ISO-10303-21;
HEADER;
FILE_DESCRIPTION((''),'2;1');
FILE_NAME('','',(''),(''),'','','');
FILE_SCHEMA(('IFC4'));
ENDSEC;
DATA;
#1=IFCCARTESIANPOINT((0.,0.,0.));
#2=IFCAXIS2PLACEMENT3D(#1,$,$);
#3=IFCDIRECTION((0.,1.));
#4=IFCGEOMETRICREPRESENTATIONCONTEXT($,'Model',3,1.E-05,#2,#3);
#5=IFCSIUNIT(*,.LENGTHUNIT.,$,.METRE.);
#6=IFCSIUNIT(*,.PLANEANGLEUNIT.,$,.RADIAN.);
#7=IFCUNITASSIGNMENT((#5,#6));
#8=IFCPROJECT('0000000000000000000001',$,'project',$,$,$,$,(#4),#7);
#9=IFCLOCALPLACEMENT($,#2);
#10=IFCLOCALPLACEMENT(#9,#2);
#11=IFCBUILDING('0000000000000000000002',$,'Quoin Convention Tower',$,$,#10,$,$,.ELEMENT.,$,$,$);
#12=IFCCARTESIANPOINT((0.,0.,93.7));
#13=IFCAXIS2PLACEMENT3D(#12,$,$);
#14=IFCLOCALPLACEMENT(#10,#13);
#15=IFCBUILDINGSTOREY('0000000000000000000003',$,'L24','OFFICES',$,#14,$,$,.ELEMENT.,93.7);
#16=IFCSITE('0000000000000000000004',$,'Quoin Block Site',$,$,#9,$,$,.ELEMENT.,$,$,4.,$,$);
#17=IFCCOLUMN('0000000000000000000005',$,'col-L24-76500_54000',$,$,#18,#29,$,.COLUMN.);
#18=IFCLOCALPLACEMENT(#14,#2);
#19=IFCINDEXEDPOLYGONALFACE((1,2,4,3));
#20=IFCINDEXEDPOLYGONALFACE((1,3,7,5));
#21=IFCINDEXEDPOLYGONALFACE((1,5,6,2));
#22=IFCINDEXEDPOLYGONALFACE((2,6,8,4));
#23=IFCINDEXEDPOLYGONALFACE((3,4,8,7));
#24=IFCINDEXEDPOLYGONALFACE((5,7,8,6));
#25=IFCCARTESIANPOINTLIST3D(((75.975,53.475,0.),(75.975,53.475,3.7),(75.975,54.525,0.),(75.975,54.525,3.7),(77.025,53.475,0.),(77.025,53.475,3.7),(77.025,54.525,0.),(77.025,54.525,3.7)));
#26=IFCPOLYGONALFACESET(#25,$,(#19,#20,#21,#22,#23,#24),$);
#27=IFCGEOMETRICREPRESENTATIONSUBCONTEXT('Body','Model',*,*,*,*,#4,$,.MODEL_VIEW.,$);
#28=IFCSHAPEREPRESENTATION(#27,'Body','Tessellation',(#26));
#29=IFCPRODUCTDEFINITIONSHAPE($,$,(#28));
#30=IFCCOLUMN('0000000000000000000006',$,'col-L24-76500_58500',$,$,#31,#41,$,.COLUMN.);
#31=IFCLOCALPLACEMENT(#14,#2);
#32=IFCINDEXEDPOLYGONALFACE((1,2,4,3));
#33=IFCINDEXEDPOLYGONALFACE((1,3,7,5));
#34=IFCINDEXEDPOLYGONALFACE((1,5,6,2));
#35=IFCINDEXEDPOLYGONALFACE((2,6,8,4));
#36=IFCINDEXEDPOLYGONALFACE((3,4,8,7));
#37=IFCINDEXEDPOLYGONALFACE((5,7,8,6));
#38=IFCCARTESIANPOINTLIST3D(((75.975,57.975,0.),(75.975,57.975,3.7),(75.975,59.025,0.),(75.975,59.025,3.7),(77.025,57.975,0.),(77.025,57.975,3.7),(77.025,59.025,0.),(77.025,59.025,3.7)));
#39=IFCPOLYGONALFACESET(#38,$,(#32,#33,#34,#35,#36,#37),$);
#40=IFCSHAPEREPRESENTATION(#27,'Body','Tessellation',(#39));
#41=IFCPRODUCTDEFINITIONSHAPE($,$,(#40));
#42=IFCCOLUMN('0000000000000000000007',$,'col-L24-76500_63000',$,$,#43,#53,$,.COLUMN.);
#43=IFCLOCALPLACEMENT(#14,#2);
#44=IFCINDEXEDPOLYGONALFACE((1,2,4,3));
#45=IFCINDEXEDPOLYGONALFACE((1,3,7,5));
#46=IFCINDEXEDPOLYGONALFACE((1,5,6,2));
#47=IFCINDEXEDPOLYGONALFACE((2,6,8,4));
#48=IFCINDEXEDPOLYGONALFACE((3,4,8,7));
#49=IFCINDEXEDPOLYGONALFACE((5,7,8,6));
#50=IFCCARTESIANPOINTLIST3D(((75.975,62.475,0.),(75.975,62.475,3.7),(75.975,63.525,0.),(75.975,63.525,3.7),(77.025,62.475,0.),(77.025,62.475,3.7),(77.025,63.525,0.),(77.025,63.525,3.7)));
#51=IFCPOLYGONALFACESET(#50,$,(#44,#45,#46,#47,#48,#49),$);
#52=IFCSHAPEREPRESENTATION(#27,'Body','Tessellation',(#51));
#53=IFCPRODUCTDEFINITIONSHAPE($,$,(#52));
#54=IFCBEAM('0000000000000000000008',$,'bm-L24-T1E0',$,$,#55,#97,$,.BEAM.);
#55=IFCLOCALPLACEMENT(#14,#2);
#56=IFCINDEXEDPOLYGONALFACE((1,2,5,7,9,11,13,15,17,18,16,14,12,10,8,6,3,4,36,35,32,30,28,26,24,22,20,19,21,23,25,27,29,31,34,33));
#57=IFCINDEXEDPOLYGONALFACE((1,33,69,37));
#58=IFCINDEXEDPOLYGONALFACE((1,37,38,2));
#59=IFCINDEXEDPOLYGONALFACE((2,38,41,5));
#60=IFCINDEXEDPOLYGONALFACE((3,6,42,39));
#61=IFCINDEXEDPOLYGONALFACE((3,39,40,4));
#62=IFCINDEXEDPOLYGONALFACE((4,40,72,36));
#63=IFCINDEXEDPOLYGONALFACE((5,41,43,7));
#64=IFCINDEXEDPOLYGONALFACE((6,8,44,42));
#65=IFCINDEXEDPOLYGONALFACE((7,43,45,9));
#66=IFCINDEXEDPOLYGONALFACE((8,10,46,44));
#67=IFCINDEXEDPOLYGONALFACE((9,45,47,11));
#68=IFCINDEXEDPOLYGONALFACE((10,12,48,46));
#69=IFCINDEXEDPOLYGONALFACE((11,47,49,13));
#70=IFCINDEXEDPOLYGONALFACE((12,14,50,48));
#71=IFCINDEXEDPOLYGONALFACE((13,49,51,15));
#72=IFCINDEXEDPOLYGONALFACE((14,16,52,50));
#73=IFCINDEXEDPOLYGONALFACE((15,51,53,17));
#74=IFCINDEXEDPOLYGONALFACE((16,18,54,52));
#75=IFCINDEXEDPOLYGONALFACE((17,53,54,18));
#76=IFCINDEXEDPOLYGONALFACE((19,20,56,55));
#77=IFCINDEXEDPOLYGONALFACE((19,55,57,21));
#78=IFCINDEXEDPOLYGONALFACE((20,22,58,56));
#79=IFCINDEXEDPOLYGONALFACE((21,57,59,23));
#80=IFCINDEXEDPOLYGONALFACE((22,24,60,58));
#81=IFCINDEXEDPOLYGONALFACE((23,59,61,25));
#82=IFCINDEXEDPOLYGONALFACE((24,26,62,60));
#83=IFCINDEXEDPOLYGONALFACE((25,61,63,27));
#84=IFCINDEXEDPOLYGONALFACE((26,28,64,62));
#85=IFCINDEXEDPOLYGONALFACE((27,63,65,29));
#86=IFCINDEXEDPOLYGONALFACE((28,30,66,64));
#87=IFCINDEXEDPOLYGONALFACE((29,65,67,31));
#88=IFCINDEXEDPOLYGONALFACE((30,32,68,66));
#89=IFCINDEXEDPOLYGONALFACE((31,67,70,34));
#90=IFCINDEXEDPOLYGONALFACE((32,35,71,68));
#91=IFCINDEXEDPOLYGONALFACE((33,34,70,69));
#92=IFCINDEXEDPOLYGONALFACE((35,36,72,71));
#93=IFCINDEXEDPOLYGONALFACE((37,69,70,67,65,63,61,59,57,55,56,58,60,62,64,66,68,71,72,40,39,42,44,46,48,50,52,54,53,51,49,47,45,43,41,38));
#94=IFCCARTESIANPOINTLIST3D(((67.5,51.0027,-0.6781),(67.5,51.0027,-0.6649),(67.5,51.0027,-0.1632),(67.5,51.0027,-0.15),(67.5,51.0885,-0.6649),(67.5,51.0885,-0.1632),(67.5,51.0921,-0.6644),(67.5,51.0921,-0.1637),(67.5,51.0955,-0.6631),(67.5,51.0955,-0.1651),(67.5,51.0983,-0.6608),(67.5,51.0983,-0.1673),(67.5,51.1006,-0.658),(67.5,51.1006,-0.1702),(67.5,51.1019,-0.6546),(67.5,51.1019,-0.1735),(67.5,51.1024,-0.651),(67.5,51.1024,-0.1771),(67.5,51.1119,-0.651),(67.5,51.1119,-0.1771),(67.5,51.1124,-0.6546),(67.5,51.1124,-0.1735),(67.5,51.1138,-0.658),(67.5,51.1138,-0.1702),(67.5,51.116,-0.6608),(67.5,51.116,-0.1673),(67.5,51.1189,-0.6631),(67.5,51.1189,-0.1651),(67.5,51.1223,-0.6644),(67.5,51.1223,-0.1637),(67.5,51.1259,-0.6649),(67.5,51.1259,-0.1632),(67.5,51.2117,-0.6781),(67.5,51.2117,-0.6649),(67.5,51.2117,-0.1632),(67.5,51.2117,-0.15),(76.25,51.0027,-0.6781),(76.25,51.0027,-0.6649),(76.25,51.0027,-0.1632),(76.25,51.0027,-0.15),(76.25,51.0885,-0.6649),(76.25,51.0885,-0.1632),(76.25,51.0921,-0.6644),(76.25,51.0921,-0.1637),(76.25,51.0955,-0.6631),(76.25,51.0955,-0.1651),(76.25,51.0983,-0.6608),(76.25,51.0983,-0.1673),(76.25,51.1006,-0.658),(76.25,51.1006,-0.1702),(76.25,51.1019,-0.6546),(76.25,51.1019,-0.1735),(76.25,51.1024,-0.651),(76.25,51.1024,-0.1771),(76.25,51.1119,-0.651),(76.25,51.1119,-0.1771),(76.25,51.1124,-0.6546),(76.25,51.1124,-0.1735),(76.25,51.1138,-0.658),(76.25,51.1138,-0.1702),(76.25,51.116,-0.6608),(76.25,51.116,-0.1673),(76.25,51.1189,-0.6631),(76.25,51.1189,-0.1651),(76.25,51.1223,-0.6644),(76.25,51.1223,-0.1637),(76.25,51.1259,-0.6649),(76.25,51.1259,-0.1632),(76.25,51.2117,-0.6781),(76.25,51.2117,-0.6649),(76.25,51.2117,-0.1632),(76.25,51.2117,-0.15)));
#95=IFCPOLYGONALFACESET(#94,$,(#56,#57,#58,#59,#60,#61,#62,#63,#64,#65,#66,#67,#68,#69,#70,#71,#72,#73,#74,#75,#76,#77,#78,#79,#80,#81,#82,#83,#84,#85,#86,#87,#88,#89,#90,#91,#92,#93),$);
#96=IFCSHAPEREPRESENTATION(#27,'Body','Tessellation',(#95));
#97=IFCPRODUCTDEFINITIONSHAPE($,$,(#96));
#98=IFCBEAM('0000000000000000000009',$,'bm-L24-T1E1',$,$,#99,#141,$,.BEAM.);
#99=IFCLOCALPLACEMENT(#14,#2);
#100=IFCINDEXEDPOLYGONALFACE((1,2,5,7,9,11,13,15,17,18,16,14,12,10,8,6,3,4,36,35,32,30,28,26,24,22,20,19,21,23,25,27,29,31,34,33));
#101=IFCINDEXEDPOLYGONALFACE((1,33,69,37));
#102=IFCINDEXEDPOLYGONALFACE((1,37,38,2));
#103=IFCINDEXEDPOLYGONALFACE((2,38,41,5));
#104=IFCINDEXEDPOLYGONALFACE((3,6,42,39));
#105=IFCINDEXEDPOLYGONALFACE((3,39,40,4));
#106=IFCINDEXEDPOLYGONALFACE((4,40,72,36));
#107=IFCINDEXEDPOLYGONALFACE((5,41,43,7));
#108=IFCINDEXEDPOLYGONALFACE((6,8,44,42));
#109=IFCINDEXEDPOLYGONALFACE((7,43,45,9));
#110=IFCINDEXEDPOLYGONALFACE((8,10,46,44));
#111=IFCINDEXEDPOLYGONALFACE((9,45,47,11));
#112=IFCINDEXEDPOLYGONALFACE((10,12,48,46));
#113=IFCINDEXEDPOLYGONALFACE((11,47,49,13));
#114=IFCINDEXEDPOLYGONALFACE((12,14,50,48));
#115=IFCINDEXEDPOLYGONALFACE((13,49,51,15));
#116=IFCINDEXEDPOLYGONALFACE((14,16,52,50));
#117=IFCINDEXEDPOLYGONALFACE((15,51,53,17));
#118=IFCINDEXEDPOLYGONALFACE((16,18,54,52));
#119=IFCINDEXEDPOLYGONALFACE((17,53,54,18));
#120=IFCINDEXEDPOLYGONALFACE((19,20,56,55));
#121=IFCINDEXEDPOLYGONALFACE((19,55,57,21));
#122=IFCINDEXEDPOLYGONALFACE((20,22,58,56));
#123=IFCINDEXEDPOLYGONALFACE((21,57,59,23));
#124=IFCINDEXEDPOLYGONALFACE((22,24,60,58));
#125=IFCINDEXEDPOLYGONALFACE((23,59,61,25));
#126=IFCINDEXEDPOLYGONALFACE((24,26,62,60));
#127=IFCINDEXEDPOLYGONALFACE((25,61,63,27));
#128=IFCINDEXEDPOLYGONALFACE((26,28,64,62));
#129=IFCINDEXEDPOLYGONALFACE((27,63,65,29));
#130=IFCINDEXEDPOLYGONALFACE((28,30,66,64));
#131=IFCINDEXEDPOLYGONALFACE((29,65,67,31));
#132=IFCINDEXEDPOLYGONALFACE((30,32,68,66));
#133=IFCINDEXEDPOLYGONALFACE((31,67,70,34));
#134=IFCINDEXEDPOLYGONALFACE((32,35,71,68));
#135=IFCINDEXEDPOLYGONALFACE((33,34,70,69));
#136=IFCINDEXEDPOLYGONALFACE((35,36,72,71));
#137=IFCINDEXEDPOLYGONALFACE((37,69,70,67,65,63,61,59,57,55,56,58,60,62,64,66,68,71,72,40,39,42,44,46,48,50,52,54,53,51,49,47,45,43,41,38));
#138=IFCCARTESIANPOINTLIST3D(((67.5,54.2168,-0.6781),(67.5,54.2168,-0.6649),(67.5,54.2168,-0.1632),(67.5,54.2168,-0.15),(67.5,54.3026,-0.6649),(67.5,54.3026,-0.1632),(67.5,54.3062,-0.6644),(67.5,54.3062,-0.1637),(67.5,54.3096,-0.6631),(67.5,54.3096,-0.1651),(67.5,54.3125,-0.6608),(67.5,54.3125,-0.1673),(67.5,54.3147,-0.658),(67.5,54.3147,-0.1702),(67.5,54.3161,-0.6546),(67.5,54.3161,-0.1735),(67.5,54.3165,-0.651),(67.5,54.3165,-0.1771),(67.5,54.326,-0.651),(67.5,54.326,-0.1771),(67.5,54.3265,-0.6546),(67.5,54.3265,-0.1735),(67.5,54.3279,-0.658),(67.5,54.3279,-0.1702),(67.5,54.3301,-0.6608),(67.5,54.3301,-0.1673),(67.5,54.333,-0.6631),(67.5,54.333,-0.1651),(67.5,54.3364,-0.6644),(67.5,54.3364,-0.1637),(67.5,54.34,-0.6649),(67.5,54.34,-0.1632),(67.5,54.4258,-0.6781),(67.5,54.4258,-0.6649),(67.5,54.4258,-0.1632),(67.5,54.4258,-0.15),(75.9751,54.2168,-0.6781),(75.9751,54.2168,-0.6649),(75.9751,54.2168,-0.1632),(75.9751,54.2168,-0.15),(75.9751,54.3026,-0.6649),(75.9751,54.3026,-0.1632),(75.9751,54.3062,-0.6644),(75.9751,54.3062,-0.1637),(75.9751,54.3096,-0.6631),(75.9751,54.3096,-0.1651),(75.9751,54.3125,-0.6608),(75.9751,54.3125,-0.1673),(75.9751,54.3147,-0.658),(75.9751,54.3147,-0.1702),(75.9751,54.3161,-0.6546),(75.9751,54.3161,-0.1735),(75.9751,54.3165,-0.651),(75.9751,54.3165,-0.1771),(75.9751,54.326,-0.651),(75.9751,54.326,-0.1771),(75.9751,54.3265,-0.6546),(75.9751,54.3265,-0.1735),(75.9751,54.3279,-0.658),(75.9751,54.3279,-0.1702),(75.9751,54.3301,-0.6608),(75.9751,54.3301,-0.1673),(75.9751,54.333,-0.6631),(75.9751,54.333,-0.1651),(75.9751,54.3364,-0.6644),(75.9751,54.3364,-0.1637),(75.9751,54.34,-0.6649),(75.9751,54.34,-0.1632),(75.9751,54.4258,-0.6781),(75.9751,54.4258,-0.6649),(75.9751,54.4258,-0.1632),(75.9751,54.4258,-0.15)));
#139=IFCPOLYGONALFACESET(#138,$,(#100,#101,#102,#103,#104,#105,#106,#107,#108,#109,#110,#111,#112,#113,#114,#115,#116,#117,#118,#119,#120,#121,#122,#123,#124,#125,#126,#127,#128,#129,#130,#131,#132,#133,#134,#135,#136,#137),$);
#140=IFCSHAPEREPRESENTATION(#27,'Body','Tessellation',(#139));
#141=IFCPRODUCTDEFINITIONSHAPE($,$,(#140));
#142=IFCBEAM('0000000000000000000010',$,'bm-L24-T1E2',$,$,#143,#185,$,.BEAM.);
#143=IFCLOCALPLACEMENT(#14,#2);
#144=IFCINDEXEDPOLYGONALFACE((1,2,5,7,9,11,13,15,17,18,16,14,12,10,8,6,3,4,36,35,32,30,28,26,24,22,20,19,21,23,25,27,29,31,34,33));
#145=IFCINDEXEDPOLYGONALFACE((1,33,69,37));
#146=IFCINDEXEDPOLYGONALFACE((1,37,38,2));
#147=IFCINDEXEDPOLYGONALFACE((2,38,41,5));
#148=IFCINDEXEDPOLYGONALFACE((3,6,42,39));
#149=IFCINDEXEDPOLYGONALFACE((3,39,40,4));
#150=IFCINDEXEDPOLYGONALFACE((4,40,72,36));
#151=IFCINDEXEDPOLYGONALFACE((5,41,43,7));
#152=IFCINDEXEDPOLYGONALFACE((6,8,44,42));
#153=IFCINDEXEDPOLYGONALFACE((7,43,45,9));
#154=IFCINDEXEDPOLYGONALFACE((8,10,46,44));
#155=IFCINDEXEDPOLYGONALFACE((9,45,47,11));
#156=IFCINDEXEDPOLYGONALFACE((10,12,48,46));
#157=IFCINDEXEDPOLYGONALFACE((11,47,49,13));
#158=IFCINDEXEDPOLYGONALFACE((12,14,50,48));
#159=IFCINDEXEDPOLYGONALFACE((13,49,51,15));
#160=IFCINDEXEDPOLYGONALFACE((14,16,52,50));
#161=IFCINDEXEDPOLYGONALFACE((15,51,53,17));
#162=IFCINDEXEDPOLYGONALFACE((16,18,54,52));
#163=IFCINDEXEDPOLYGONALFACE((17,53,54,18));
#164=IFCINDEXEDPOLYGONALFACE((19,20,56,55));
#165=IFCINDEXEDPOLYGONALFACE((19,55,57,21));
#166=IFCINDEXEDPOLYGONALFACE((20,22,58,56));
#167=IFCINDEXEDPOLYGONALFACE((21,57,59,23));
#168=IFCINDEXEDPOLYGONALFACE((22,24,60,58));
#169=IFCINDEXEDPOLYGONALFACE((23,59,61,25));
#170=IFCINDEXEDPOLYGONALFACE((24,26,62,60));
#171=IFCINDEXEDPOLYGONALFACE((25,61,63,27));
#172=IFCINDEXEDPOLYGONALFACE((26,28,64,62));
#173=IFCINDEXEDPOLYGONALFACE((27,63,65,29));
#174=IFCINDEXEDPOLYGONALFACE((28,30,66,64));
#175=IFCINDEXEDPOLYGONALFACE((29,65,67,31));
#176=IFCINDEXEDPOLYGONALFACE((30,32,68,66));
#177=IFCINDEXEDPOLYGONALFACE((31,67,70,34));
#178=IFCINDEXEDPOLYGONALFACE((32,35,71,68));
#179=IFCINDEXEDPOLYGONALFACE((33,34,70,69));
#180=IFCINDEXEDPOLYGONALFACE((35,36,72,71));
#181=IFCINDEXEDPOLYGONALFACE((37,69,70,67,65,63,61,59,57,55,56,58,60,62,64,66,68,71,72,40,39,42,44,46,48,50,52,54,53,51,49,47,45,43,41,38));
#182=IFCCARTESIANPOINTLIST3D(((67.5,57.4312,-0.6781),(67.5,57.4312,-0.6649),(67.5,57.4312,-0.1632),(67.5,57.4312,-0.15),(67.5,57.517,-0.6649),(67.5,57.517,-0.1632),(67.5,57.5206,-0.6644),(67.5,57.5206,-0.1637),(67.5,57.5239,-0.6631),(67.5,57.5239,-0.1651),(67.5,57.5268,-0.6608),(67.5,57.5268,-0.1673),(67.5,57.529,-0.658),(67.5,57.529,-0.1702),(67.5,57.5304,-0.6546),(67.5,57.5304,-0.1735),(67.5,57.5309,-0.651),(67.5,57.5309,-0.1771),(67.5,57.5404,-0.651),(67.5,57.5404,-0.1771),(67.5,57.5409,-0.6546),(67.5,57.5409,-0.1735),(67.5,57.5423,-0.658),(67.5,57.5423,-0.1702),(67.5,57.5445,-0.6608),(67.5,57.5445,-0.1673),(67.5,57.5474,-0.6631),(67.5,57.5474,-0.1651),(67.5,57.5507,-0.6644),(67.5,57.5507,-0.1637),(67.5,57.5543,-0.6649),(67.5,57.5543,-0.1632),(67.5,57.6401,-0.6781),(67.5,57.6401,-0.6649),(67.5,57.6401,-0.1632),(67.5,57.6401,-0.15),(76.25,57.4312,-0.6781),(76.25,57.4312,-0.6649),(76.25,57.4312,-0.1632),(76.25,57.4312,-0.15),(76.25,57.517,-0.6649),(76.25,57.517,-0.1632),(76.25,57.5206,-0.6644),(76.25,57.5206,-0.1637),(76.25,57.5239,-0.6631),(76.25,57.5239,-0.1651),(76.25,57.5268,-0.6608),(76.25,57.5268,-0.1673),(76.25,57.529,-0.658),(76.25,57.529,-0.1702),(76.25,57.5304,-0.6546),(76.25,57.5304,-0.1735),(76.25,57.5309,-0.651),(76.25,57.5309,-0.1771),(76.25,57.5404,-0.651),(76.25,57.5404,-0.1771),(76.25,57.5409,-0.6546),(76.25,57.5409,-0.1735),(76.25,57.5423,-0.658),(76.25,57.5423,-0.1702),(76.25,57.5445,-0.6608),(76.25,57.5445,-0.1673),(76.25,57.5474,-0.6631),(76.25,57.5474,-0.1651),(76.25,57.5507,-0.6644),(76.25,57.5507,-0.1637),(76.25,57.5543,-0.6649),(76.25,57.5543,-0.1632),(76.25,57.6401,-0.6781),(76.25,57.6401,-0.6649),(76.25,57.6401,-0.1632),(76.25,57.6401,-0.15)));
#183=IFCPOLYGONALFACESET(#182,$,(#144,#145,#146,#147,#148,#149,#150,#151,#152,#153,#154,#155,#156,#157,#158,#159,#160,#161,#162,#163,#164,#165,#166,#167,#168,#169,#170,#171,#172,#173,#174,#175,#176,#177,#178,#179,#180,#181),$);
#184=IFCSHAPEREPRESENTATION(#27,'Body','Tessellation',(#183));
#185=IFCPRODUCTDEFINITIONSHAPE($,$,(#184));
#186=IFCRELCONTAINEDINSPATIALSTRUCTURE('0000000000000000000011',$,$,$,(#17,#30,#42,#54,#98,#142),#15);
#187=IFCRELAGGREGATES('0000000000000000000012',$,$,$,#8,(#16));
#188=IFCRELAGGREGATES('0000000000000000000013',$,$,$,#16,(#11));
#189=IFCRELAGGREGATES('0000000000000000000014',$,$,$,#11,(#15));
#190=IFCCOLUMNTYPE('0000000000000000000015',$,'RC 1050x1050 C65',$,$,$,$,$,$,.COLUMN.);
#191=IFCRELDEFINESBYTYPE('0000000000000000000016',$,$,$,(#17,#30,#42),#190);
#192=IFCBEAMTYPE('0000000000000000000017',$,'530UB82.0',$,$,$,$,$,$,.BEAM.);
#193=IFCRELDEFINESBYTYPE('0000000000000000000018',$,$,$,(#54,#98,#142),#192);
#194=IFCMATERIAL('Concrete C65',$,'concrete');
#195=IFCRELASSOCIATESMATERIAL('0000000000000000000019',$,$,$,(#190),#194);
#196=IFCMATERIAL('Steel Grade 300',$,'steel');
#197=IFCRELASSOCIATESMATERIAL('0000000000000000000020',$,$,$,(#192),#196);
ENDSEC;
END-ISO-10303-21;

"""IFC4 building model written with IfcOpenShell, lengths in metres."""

from ifc_helpers import new_model, si_unit, direction, frame, origin, origin_2d, place, context, subcontext, project, spatial, rectangle, i_section, extrude, material, material_profile, profile_set, type_object, element, save


model = new_model("IFC4")

# Units and contexts
model_context = context("Model", 3, precision=1e-05, world=origin(), true_north=direction((0.0, 1.0)))
body_context = subcontext(model_context, "Body", "Model", "MODEL_VIEW")
ifc_project = project(units=[si_unit("LENGTHUNIT", "METRE"), si_unit("PLANEANGLEUNIT", "RADIAN")], contexts=[model_context])

# Site, building, storey
site_placement = place(None, origin())
site = spatial("IfcSite", under=ifc_project, at=site_placement, Name="Quoin Block Site", CompositionType="ELEMENT", RefElevation=4.0)
building_placement = place(site_placement, origin())
building = spatial("IfcBuilding", under=site, at=building_placement, Name="Quoin Convention Tower", CompositionType="ELEMENT")
storey_placement = place(building_placement, frame((0.0, 0.0, 93.7)))
storey = spatial("IfcBuildingStorey", under=building, at=storey_placement, Name="L24", Description="OFFICES", CompositionType="ELEMENT", Elevation=93.7)

# Columns
ifc_material_1 = material(Name="Concrete C65", Category="concrete")
ifc_material_profile_1 = material_profile(ifc_material_1, rectangle(XDim=1.05, YDim=1.05, at=origin_2d()), Name="RC 1050x1050")
ifc_profile_set_1 = profile_set([ifc_material_profile_1], Name="Concrete C65")
column_type = type_object("IfcColumnType", Name="RC 1050x1050 C65", PredefinedType="COLUMN", material=ifc_profile_set_1)
for number, where, z_axis, x_axis, name in (
    (1, (76.5, 54.0, 0.0), (0.0, 0.0, 1.0), (1.0, 0.0, 0.0), "col-L24-76500_54000"),
    (2, (76.5, 58.5, 0.0), (0.0, 0.0, 1.0), (1.0, 0.0, 0.0), "col-L24-76500_58500"),
    (3, (76.5, 63.0, 0.0), (0.0, 0.0, 1.0), (1.0, 0.0, 0.0), "col-L24-76500_63000"),
):
    element("IfcColumn", number, at=place(storey_placement, frame(where, z_axis=z_axis, x_axis=x_axis)), inside=storey, type_object=column_type, Name=name, PredefinedType="COLUMN", context=body_context, shape_type="SweptSolid", body=[
        extrude(rectangle(XDim=1.05, YDim=1.05, at=origin_2d()), origin(), (0.0, 0.0, 1.0), 3.7),
    ])

# Beams
ifc_material_2 = material(Name="Steel Grade 300", Category="steel")
ifc_material_profile_2 = material_profile(ifc_material_2, i_section(OverallWidth=0.209, OverallDepth=0.5281, WebThickness=0.0095, FlangeThickness=0.0132, FilletRadius=0.0139, at=origin_2d()), Name="530UB82.0")
ifc_profile_set_2 = profile_set([ifc_material_profile_2], Name="Steel Grade 300")
beam_type_1 = type_object("IfcBeamType", Name="530UB82.0", PredefinedType="BEAM", material=ifc_profile_set_2)
beam_1_placement = place(storey_placement, frame((67.5, 51.1072, -0.4141), z_axis=(1.0, 0.0, 0.0), x_axis=(0.0, 1.0, 0.0)))
element("IfcBeam", 4, at=beam_1_placement, inside=storey, type_object=beam_type_1, Name="bm-L24-T1E0", PredefinedType="BEAM", context=body_context, shape_type="SweptSolid", body=[
    extrude(i_section(OverallWidth=0.209, OverallDepth=0.5281, WebThickness=0.0095, FlangeThickness=0.0132, FilletRadius=0.0139, at=origin_2d()), origin(), (0.0, 0.0, 1.0), 8.75),
])
beam_2_placement = place(storey_placement, frame((67.5, 54.3213, -0.4141), z_axis=(1.0, 0.0, 0.0), x_axis=(0.0, 1.0, 0.0)))
element("IfcBeam", 5, at=beam_2_placement, inside=storey, type_object=beam_type_1, Name="bm-L24-T1E1", PredefinedType="BEAM", context=body_context, shape_type="SweptSolid", body=[
    extrude(i_section(OverallWidth=0.209, OverallDepth=0.5281, WebThickness=0.0095, FlangeThickness=0.0132, FilletRadius=0.0139, at=origin_2d()), origin(), (0.0, 0.0, 1.0), 8.4751),
])
for number, where, z_axis, x_axis, name in (
    (6, (67.5, 57.5356, -0.4141), (1.0, 0.0, 0.0), (0.0, 1.0, 0.0), "bm-L24-T1E2"),
):
    element("IfcBeam", number, at=place(storey_placement, frame(where, z_axis=z_axis, x_axis=x_axis)), inside=storey, type_object=beam_type_1, Name=name, PredefinedType="BEAM", context=body_context, shape_type="SweptSolid", body=[
        extrude(i_section(OverallWidth=0.209, OverallDepth=0.5281, WebThickness=0.0095, FlangeThickness=0.0132, FilletRadius=0.0139, at=origin_2d()), origin(), (0.0, 0.0, 1.0), 8.75),
    ])

save(model, "model.ifc")
